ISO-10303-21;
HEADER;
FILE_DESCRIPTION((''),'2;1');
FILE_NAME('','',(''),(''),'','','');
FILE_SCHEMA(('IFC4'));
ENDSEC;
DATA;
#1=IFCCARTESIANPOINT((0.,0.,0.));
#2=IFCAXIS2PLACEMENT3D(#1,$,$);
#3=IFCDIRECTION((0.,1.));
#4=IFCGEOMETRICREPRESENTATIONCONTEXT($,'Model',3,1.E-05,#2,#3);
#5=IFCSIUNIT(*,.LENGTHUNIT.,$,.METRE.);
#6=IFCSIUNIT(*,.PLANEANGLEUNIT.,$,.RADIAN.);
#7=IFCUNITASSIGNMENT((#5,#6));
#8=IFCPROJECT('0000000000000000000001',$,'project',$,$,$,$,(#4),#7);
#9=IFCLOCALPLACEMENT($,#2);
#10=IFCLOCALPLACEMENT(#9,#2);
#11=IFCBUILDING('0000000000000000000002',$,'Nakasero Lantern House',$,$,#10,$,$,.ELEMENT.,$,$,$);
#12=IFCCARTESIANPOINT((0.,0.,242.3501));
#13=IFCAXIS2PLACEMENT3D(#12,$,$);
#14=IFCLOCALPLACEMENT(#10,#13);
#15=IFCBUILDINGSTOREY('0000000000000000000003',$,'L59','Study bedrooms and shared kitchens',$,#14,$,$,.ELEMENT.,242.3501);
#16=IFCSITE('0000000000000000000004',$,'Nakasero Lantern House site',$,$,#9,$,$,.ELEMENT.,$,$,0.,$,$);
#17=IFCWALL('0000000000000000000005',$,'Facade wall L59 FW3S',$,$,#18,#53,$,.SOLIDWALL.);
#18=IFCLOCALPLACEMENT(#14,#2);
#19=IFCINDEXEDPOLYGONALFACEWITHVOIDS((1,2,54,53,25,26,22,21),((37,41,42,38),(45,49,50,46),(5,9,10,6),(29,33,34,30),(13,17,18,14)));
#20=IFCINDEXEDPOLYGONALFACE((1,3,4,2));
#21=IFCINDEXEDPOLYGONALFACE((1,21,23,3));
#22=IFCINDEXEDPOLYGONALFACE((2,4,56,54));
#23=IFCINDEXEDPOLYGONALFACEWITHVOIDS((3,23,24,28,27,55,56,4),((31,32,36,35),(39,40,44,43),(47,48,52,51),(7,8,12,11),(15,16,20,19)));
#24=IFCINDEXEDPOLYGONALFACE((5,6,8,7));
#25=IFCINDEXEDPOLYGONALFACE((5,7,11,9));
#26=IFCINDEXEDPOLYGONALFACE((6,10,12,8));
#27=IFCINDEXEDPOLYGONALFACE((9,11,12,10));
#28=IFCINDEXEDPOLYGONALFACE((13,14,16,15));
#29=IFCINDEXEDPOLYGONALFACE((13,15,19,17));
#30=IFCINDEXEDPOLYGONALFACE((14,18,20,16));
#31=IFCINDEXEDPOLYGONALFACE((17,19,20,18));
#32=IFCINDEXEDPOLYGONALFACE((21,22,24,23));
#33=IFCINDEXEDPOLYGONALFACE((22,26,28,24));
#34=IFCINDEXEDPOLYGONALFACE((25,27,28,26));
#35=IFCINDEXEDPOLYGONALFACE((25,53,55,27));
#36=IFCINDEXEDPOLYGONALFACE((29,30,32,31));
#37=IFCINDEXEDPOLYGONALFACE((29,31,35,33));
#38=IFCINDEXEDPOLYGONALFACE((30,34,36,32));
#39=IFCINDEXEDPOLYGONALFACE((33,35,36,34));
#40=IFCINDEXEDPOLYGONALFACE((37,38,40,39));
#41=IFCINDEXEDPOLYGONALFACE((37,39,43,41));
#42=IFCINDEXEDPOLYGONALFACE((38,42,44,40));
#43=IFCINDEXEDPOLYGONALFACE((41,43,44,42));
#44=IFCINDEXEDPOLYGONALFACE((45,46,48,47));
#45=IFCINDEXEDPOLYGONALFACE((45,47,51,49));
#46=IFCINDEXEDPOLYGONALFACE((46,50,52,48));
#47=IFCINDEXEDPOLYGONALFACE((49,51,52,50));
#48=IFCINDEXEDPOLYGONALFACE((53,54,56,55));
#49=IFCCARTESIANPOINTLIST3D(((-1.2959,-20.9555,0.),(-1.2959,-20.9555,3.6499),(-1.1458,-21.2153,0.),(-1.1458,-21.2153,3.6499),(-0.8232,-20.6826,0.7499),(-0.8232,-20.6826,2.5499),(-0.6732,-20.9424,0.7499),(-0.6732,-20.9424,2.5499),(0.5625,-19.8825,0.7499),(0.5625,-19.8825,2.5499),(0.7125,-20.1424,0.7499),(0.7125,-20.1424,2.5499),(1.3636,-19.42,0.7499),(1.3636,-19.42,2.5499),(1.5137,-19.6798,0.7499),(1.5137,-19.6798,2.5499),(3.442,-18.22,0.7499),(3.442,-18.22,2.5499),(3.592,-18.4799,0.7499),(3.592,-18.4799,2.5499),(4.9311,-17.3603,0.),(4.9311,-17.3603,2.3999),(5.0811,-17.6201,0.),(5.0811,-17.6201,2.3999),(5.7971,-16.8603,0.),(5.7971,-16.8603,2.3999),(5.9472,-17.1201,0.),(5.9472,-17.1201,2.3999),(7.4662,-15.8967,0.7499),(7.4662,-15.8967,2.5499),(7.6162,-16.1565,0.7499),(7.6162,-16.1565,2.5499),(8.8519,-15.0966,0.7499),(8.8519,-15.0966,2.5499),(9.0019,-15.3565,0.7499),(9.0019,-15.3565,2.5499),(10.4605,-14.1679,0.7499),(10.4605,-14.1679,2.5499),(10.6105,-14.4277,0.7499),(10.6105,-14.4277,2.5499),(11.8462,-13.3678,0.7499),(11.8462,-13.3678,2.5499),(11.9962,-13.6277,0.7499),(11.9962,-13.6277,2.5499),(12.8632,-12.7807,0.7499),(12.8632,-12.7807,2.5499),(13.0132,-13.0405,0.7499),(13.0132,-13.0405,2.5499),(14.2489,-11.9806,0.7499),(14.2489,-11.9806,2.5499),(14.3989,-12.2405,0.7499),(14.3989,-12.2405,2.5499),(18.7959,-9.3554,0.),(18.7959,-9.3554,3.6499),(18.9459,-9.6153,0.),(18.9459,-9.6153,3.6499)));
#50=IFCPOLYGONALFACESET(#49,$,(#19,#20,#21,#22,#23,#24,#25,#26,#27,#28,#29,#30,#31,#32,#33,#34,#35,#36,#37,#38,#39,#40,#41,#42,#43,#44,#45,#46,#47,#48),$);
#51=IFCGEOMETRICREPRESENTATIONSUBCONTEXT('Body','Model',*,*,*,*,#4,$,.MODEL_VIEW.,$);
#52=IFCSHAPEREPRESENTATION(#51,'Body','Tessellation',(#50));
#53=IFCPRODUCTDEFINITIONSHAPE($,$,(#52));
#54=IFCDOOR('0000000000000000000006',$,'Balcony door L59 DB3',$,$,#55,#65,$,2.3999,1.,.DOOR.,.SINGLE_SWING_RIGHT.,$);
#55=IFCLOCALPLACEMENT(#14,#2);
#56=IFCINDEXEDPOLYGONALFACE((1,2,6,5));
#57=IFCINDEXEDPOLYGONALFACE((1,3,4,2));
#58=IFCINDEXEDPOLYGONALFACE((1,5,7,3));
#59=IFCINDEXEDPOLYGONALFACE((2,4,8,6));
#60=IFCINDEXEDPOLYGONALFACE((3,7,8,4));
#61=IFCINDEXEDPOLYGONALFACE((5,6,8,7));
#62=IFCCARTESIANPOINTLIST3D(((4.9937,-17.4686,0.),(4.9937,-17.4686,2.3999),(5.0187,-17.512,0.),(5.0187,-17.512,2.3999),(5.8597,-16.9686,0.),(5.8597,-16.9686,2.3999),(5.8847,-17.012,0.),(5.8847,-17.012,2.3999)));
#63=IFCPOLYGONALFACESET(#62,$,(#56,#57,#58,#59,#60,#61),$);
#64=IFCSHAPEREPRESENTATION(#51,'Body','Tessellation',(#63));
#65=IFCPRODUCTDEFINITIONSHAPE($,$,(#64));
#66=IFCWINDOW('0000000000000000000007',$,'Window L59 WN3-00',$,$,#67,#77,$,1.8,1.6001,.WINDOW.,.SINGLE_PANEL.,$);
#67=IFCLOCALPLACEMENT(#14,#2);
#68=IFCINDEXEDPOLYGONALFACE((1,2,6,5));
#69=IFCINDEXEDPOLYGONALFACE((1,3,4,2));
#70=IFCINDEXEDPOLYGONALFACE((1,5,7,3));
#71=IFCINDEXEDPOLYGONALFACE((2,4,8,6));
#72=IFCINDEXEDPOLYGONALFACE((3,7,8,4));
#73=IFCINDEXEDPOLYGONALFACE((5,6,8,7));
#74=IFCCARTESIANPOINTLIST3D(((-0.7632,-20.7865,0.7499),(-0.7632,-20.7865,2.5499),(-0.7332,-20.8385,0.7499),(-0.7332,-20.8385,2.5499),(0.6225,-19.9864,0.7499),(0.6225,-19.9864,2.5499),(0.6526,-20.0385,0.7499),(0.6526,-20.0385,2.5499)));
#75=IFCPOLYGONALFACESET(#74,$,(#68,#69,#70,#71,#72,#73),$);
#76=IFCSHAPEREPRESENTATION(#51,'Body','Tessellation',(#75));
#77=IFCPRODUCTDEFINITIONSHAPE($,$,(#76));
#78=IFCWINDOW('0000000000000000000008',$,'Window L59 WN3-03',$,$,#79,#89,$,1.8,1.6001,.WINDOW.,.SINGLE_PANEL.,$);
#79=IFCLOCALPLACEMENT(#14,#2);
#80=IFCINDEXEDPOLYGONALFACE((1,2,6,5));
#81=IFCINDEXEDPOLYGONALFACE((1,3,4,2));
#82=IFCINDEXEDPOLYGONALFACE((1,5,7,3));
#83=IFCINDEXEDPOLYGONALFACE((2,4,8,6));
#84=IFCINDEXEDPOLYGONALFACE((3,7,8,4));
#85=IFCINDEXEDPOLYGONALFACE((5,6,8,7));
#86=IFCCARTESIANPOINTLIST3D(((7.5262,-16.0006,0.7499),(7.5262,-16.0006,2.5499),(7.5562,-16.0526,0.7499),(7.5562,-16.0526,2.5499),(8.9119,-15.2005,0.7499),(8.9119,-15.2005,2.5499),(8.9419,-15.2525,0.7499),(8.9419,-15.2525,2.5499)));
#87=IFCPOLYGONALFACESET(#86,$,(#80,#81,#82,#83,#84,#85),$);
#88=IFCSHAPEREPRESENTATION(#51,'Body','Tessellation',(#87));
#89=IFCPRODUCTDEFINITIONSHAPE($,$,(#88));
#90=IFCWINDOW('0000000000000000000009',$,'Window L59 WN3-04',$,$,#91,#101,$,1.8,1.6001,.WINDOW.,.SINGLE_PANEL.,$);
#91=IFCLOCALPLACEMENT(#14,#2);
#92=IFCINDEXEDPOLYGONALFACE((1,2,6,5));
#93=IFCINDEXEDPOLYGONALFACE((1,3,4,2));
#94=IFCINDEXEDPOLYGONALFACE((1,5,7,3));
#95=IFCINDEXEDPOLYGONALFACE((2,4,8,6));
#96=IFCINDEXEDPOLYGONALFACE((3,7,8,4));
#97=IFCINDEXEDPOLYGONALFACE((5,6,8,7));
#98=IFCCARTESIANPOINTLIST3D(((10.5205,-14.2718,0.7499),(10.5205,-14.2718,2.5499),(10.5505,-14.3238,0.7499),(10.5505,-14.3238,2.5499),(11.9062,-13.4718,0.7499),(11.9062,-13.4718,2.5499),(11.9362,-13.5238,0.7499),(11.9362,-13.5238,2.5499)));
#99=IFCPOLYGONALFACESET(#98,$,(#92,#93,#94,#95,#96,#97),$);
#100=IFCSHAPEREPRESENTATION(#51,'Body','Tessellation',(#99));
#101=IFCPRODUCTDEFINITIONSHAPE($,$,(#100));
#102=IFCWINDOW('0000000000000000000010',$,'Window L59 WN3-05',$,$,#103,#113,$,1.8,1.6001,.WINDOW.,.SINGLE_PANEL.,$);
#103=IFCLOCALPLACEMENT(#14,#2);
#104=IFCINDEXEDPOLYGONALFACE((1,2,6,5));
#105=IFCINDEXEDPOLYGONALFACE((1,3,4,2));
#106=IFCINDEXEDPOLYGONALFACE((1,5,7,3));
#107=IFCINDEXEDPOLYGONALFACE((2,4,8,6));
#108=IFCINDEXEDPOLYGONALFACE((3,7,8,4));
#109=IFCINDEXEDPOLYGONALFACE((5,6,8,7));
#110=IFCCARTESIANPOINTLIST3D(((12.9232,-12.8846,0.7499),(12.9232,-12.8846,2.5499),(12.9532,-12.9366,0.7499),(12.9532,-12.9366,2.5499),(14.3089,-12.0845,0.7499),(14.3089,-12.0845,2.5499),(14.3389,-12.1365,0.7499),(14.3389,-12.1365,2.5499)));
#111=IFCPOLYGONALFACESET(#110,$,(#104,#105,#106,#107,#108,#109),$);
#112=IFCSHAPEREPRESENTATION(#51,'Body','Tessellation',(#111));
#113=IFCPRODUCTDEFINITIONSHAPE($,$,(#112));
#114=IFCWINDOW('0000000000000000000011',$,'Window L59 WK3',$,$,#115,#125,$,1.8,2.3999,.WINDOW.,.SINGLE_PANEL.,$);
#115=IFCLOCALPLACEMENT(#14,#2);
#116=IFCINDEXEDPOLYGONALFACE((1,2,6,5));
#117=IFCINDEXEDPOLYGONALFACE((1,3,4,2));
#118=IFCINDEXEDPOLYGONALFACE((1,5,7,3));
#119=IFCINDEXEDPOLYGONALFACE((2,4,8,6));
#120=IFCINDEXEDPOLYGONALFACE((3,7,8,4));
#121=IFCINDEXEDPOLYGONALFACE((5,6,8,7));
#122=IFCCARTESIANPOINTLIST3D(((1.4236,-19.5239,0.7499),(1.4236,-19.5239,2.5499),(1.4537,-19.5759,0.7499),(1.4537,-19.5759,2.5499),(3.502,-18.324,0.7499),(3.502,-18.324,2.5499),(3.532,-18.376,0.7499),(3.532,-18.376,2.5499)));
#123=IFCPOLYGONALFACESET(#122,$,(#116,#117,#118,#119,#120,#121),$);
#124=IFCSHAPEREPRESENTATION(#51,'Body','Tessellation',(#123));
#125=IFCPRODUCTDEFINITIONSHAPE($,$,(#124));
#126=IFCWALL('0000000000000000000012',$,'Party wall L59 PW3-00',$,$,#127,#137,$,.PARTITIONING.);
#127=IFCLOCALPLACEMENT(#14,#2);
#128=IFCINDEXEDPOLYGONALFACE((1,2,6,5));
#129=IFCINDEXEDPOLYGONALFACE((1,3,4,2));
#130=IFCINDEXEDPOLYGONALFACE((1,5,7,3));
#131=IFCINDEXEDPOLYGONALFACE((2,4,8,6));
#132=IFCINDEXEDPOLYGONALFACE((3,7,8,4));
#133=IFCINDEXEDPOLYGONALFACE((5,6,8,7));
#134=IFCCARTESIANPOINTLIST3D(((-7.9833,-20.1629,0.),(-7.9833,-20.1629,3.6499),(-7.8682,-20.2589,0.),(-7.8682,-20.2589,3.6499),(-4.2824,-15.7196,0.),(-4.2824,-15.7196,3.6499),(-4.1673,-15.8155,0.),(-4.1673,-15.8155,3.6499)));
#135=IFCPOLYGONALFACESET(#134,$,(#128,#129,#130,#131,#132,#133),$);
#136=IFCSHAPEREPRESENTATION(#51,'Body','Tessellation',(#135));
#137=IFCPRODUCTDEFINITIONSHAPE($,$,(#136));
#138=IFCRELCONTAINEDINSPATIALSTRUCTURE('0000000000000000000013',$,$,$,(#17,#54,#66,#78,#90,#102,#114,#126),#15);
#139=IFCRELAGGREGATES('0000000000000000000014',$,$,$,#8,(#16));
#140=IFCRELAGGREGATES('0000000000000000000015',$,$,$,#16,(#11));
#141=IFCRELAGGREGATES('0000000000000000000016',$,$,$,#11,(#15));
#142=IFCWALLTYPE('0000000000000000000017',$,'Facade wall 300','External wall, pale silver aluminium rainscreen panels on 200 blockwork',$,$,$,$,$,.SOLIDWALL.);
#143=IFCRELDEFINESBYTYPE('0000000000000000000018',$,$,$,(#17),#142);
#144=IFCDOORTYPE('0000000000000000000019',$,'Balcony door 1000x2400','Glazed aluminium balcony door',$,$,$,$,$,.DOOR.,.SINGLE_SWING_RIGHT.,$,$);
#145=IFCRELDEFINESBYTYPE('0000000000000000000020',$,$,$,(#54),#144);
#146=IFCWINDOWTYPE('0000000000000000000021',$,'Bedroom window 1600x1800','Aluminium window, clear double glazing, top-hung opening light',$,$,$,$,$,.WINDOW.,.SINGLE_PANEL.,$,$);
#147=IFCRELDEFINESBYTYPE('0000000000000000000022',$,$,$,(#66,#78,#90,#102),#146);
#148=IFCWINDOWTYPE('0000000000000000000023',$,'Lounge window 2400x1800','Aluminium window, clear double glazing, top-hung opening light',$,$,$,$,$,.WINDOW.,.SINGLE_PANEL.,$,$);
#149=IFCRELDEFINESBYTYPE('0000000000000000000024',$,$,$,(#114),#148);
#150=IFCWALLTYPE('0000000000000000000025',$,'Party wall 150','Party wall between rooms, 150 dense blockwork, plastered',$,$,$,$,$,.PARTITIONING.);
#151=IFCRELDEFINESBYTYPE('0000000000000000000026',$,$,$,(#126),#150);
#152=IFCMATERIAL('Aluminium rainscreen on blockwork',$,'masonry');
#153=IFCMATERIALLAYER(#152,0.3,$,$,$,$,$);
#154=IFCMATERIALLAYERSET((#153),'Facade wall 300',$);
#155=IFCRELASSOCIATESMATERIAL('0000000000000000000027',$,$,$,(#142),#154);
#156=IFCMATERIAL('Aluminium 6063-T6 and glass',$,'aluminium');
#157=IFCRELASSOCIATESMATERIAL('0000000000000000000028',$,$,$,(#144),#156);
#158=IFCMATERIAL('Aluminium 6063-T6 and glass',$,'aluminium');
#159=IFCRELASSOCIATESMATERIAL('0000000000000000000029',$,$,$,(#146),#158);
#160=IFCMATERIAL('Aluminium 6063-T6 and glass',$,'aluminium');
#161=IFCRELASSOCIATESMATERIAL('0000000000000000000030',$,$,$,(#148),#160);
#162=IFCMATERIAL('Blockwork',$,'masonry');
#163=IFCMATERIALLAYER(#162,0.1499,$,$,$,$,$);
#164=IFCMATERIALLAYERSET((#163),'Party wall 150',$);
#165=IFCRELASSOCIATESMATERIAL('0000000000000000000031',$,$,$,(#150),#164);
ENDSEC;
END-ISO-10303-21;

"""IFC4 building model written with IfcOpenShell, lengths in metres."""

from ifc_helpers import new_model, si_unit, direction, frame, frame_2d, origin, place, context, subcontext, project, spatial, rectangle, extrude, material, layer, layer_set, type_object, element, fill, save


model = new_model("IFC4")

# Units and contexts
model_context = context("Model", 3, precision=1e-05, world=origin(), true_north=direction((0.0, 1.0)))
body_context = subcontext(model_context, "Body", "Model", "MODEL_VIEW")
ifc_project = project(units=[si_unit("LENGTHUNIT", "METRE"), si_unit("PLANEANGLEUNIT", "RADIAN")], contexts=[model_context])

# Site, building, storey
site_placement = place(None, origin())
site = spatial("IfcSite", under=ifc_project, at=site_placement, Name="Nakasero Lantern House site", CompositionType="ELEMENT", RefElevation=0.0)
building_placement = place(site_placement, origin())
building = spatial("IfcBuilding", under=site, at=building_placement, Name="Nakasero Lantern House", CompositionType="ELEMENT")
storey_placement = place(building_placement, frame((0.0, 0.0, 242.3501)))
storey = spatial("IfcBuildingStorey", under=building, at=storey_placement, Name="L59", Description="Study bedrooms and shared kitchens", CompositionType="ELEMENT", Elevation=242.3501)

# Shared definitions
ifc_material_1 = material(Name="Aluminium rainscreen on blockwork", Category="masonry")
ifc_layer_1 = layer(ifc_material_1, 0.3)
ifc_layer_set_1 = layer_set([ifc_layer_1], Name="Facade wall 300")
wall_type_1 = type_object("IfcWallType", Name="Facade wall 300", Description="External wall, pale silver aluminium rainscreen panels on 200 blockwork", PredefinedType="SOLIDWALL", material=ifc_layer_set_1)

# Wall, openings, door, windows
wall_1_placement = place(storey_placement, frame((-1.2209, -21.0854, 0.0), z_axis=(0.0, 0.0, 1.0), x_axis=(0.866024, 0.500003, 0.0)))
wall_1 = element("IfcWall", 1, at=wall_1_placement, inside=storey, type_object=wall_type_1, Name="Facade wall L59 FW3S", PredefinedType="SOLIDWALL", context=body_context, shape_type="SweptSolid", body=[
    extrude(rectangle(XDim=23.2, YDim=0.3, at=frame_2d((11.6001, 0.0))), origin(), (0.0, 0.0, 1.0), 3.6499),
])
opening_1_placement = place(wall_1_placement, frame((0.5459, 0.0, 0.75)))
opening_1 = element("IfcOpeningElement", 2, at=opening_1_placement, cuts=wall_1, PredefinedType="OPENING", context=body_context, shape_type="SweptSolid", body=[
    extrude(rectangle(XDim=1.6001, YDim=1.8, at=frame_2d((0.8, 0.8999))), frame((0.0, 0.1699, 0.0), z_axis=(0.0, -1.0, 0.0), x_axis=(1.0, 0.0, 0.0)), (0.0, 0.0, 1.0), 0.3401),
])
opening_2_placement = place(wall_1_placement, frame((10.1177, 0.0, 0.75)))
opening_2 = element("IfcOpeningElement", 3, at=opening_2_placement, cuts=wall_1, PredefinedType="OPENING", context=body_context, shape_type="SweptSolid", body=[
    extrude(rectangle(XDim=1.6001, YDim=1.8, at=frame_2d((0.8, 0.8999))), frame((0.0, 0.1699, 0.0), z_axis=(0.0, -1.0, 0.0), x_axis=(1.0, 0.0, 0.0)), (0.0, 0.0, 1.0), 0.3401),
])
opening_3_placement = place(wall_1_placement, frame((13.5752, 0.0, 0.75)))
opening_3 = element("IfcOpeningElement", 4, at=opening_3_placement, cuts=wall_1, PredefinedType="OPENING", context=body_context, shape_type="SweptSolid", body=[
    extrude(rectangle(XDim=1.6001, YDim=1.8, at=frame_2d((0.8, 0.8999))), frame((0.0, 0.1699, 0.0), z_axis=(0.0, -1.0, 0.0), x_axis=(1.0, 0.0, 0.0)), (0.0, 0.0, 1.0), 0.3401),
])
opening_4_placement = place(wall_1_placement, frame((16.3496, 0.0, 0.75)))
opening_4 = element("IfcOpeningElement", 5, at=opening_4_placement, cuts=wall_1, PredefinedType="OPENING", context=body_context, shape_type="SweptSolid", body=[
    extrude(rectangle(XDim=1.6001, YDim=1.8, at=frame_2d((0.8, 0.8999))), frame((0.0, 0.1699, 0.0), z_axis=(0.0, -1.0, 0.0), x_axis=(1.0, 0.0, 0.0)), (0.0, 0.0, 1.0), 0.3401),
])
opening_5_placement = place(wall_1_placement, frame((3.071, 0.0, 0.75)))
opening_5 = element("IfcOpeningElement", 6, at=opening_5_placement, cuts=wall_1, PredefinedType="OPENING", context=body_context, shape_type="SweptSolid", body=[
    extrude(rectangle(XDim=2.3999, YDim=1.8, at=frame_2d((1.2, 0.8999))), frame((0.0, 0.1699, 0.0), z_axis=(0.0, -1.0, 0.0), x_axis=(1.0, 0.0, 0.0)), (0.0, 0.0, 1.0), 0.3401),
])
opening_6_placement = place(wall_1_placement, frame((7.1904, 0.0, 0.0)))
opening_6 = element("IfcOpeningElement", 7, at=opening_6_placement, cuts=wall_1, PredefinedType="OPENING", context=body_context, shape_type="SweptSolid", body=[
    extrude(rectangle(XDim=1.0, YDim=2.3999, at=frame_2d((0.5, 1.2))), frame((0.0, 0.1699, 0.0), z_axis=(0.0, -1.0, 0.0), x_axis=(1.0, 0.0, 0.0)), (0.0, 0.0, 1.0), 0.3401),
])
ifc_material_2 = material(Name="Aluminium 6063-T6 and glass", Category="aluminium")
door_type_1 = type_object("IfcDoorType", Name="Balcony door 1000x2400", Description="Glazed aluminium balcony door", OperationType="SINGLE_SWING_RIGHT", PredefinedType="DOOR", material=ifc_material_2)
door_1_placement = place(opening_6_placement, origin())
door_1 = element("IfcDoor", 8, at=door_1_placement, inside=storey, type_object=door_type_1, Name="Balcony door L59 DB3", OperationType="SINGLE_SWING_RIGHT", OverallHeight=2.3999, OverallWidth=1.0, PredefinedType="DOOR", context=body_context, shape_type="SweptSolid", body=[
    extrude(rectangle(XDim=1.0, YDim=2.3999, at=frame_2d((0.5, 1.2))), frame((0.0, 0.0249, 0.0), z_axis=(0.0, -1.0, 0.0), x_axis=(1.0, 0.0, 0.0)), (0.0, 0.0, 1.0), 0.05),
])
fill(opening_6, door_1)
ifc_material_3 = material(Name="Aluminium 6063-T6 and glass", Category="aluminium")
window_type_1 = type_object("IfcWindowType", Name="Bedroom window 1600x1800", Description="Aluminium window, clear double glazing, top-hung opening light", PartitioningType="SINGLE_PANEL", PredefinedType="WINDOW", material=ifc_material_3)
window_1_placement = place(opening_1_placement, origin())
window_1 = element("IfcWindow", 9, at=window_1_placement, inside=storey, type_object=window_type_1, Name="Window L59 WN3-00", OverallHeight=1.8, OverallWidth=1.6001, PartitioningType="SINGLE_PANEL", PredefinedType="WINDOW", context=body_context, shape_type="SweptSolid", body=[
    extrude(rectangle(XDim=1.6001, YDim=1.8, at=frame_2d((0.8, 0.8999))), frame((0.0, 0.03, 0.0), z_axis=(0.0, -1.0, 0.0), x_axis=(1.0, 0.0, 0.0)), (0.0, 0.0, 1.0), 0.0601),
])
fill(opening_1, window_1)
window_2_placement = place(opening_2_placement, origin())
window_2 = element("IfcWindow", 10, at=window_2_placement, inside=storey, type_object=window_type_1, Name="Window L59 WN3-03", OverallHeight=1.8, OverallWidth=1.6001, PartitioningType="SINGLE_PANEL", PredefinedType="WINDOW", context=body_context, shape_type="SweptSolid", body=[
    extrude(rectangle(XDim=1.6001, YDim=1.8, at=frame_2d((0.8, 0.8999))), frame((0.0, 0.03, 0.0), z_axis=(0.0, -1.0, 0.0), x_axis=(1.0, 0.0, 0.0)), (0.0, 0.0, 1.0), 0.0601),
])
fill(opening_2, window_2)
window_3_placement = place(opening_3_placement, origin())
window_3 = element("IfcWindow", 11, at=window_3_placement, inside=storey, type_object=window_type_1, Name="Window L59 WN3-04", OverallHeight=1.8, OverallWidth=1.6001, PartitioningType="SINGLE_PANEL", PredefinedType="WINDOW", context=body_context, shape_type="SweptSolid", body=[
    extrude(rectangle(XDim=1.6001, YDim=1.8, at=frame_2d((0.8, 0.8999))), frame((0.0, 0.03, 0.0), z_axis=(0.0, -1.0, 0.0), x_axis=(1.0, 0.0, 0.0)), (0.0, 0.0, 1.0), 0.0601),
])
fill(opening_3, window_3)
window_4_placement = place(opening_4_placement, origin())
window_4 = element("IfcWindow", 12, at=window_4_placement, inside=storey, type_object=window_type_1, Name="Window L59 WN3-05", OverallHeight=1.8, OverallWidth=1.6001, PartitioningType="SINGLE_PANEL", PredefinedType="WINDOW", context=body_context, shape_type="SweptSolid", body=[
    extrude(rectangle(XDim=1.6001, YDim=1.8, at=frame_2d((0.8, 0.8999))), frame((0.0, 0.03, 0.0), z_axis=(0.0, -1.0, 0.0), x_axis=(1.0, 0.0, 0.0)), (0.0, 0.0, 1.0), 0.0601),
])
fill(opening_4, window_4)
ifc_material_4 = material(Name="Aluminium 6063-T6 and glass", Category="aluminium")
window_type_2 = type_object("IfcWindowType", Name="Lounge window 2400x1800", Description="Aluminium window, clear double glazing, top-hung opening light", PartitioningType="SINGLE_PANEL", PredefinedType="WINDOW", material=ifc_material_4)
window_5_placement = place(opening_5_placement, origin())
window_5 = element("IfcWindow", 13, at=window_5_placement, inside=storey, type_object=window_type_2, Name="Window L59 WK3", OverallHeight=1.8, OverallWidth=2.3999, PartitioningType="SINGLE_PANEL", PredefinedType="WINDOW", context=body_context, shape_type="SweptSolid", body=[
    extrude(rectangle(XDim=2.3999, YDim=1.8, at=frame_2d((1.2, 0.8999))), frame((0.0, 0.03, 0.0), z_axis=(0.0, -1.0, 0.0), x_axis=(1.0, 0.0, 0.0)), (0.0, 0.0, 1.0), 0.0601),
])
fill(opening_5, window_5)

# Wall
ifc_material_5 = material(Name="Blockwork", Category="masonry")
ifc_layer_2 = layer(ifc_material_5, 0.1499)
ifc_layer_set_2 = layer_set([ifc_layer_2], Name="Party wall 150")
wall_type_2 = type_object("IfcWallType", Name="Party wall 150", Description="Party wall between rooms, 150 dense blockwork, plastered", PredefinedType="PARTITIONING", material=ifc_layer_set_2)
wall_2_placement = place(storey_placement, frame((-4.2249, -15.7676, 0.0), z_axis=(0.0, 0.0, 1.0), x_axis=(-0.639993, -0.76838, 0.0)))
element("IfcWall", 14, at=wall_2_placement, inside=storey, type_object=wall_type_2, Name="Party wall L59 PW3-00", PredefinedType="PARTITIONING", context=body_context, shape_type="SweptSolid", body=[
    extrude(rectangle(XDim=5.7827, YDim=0.1499, at=frame_2d((2.8914, 0.0))), origin(), (0.0, 0.0, 1.0), 3.6499),
])

save(model, "model.ifc")
